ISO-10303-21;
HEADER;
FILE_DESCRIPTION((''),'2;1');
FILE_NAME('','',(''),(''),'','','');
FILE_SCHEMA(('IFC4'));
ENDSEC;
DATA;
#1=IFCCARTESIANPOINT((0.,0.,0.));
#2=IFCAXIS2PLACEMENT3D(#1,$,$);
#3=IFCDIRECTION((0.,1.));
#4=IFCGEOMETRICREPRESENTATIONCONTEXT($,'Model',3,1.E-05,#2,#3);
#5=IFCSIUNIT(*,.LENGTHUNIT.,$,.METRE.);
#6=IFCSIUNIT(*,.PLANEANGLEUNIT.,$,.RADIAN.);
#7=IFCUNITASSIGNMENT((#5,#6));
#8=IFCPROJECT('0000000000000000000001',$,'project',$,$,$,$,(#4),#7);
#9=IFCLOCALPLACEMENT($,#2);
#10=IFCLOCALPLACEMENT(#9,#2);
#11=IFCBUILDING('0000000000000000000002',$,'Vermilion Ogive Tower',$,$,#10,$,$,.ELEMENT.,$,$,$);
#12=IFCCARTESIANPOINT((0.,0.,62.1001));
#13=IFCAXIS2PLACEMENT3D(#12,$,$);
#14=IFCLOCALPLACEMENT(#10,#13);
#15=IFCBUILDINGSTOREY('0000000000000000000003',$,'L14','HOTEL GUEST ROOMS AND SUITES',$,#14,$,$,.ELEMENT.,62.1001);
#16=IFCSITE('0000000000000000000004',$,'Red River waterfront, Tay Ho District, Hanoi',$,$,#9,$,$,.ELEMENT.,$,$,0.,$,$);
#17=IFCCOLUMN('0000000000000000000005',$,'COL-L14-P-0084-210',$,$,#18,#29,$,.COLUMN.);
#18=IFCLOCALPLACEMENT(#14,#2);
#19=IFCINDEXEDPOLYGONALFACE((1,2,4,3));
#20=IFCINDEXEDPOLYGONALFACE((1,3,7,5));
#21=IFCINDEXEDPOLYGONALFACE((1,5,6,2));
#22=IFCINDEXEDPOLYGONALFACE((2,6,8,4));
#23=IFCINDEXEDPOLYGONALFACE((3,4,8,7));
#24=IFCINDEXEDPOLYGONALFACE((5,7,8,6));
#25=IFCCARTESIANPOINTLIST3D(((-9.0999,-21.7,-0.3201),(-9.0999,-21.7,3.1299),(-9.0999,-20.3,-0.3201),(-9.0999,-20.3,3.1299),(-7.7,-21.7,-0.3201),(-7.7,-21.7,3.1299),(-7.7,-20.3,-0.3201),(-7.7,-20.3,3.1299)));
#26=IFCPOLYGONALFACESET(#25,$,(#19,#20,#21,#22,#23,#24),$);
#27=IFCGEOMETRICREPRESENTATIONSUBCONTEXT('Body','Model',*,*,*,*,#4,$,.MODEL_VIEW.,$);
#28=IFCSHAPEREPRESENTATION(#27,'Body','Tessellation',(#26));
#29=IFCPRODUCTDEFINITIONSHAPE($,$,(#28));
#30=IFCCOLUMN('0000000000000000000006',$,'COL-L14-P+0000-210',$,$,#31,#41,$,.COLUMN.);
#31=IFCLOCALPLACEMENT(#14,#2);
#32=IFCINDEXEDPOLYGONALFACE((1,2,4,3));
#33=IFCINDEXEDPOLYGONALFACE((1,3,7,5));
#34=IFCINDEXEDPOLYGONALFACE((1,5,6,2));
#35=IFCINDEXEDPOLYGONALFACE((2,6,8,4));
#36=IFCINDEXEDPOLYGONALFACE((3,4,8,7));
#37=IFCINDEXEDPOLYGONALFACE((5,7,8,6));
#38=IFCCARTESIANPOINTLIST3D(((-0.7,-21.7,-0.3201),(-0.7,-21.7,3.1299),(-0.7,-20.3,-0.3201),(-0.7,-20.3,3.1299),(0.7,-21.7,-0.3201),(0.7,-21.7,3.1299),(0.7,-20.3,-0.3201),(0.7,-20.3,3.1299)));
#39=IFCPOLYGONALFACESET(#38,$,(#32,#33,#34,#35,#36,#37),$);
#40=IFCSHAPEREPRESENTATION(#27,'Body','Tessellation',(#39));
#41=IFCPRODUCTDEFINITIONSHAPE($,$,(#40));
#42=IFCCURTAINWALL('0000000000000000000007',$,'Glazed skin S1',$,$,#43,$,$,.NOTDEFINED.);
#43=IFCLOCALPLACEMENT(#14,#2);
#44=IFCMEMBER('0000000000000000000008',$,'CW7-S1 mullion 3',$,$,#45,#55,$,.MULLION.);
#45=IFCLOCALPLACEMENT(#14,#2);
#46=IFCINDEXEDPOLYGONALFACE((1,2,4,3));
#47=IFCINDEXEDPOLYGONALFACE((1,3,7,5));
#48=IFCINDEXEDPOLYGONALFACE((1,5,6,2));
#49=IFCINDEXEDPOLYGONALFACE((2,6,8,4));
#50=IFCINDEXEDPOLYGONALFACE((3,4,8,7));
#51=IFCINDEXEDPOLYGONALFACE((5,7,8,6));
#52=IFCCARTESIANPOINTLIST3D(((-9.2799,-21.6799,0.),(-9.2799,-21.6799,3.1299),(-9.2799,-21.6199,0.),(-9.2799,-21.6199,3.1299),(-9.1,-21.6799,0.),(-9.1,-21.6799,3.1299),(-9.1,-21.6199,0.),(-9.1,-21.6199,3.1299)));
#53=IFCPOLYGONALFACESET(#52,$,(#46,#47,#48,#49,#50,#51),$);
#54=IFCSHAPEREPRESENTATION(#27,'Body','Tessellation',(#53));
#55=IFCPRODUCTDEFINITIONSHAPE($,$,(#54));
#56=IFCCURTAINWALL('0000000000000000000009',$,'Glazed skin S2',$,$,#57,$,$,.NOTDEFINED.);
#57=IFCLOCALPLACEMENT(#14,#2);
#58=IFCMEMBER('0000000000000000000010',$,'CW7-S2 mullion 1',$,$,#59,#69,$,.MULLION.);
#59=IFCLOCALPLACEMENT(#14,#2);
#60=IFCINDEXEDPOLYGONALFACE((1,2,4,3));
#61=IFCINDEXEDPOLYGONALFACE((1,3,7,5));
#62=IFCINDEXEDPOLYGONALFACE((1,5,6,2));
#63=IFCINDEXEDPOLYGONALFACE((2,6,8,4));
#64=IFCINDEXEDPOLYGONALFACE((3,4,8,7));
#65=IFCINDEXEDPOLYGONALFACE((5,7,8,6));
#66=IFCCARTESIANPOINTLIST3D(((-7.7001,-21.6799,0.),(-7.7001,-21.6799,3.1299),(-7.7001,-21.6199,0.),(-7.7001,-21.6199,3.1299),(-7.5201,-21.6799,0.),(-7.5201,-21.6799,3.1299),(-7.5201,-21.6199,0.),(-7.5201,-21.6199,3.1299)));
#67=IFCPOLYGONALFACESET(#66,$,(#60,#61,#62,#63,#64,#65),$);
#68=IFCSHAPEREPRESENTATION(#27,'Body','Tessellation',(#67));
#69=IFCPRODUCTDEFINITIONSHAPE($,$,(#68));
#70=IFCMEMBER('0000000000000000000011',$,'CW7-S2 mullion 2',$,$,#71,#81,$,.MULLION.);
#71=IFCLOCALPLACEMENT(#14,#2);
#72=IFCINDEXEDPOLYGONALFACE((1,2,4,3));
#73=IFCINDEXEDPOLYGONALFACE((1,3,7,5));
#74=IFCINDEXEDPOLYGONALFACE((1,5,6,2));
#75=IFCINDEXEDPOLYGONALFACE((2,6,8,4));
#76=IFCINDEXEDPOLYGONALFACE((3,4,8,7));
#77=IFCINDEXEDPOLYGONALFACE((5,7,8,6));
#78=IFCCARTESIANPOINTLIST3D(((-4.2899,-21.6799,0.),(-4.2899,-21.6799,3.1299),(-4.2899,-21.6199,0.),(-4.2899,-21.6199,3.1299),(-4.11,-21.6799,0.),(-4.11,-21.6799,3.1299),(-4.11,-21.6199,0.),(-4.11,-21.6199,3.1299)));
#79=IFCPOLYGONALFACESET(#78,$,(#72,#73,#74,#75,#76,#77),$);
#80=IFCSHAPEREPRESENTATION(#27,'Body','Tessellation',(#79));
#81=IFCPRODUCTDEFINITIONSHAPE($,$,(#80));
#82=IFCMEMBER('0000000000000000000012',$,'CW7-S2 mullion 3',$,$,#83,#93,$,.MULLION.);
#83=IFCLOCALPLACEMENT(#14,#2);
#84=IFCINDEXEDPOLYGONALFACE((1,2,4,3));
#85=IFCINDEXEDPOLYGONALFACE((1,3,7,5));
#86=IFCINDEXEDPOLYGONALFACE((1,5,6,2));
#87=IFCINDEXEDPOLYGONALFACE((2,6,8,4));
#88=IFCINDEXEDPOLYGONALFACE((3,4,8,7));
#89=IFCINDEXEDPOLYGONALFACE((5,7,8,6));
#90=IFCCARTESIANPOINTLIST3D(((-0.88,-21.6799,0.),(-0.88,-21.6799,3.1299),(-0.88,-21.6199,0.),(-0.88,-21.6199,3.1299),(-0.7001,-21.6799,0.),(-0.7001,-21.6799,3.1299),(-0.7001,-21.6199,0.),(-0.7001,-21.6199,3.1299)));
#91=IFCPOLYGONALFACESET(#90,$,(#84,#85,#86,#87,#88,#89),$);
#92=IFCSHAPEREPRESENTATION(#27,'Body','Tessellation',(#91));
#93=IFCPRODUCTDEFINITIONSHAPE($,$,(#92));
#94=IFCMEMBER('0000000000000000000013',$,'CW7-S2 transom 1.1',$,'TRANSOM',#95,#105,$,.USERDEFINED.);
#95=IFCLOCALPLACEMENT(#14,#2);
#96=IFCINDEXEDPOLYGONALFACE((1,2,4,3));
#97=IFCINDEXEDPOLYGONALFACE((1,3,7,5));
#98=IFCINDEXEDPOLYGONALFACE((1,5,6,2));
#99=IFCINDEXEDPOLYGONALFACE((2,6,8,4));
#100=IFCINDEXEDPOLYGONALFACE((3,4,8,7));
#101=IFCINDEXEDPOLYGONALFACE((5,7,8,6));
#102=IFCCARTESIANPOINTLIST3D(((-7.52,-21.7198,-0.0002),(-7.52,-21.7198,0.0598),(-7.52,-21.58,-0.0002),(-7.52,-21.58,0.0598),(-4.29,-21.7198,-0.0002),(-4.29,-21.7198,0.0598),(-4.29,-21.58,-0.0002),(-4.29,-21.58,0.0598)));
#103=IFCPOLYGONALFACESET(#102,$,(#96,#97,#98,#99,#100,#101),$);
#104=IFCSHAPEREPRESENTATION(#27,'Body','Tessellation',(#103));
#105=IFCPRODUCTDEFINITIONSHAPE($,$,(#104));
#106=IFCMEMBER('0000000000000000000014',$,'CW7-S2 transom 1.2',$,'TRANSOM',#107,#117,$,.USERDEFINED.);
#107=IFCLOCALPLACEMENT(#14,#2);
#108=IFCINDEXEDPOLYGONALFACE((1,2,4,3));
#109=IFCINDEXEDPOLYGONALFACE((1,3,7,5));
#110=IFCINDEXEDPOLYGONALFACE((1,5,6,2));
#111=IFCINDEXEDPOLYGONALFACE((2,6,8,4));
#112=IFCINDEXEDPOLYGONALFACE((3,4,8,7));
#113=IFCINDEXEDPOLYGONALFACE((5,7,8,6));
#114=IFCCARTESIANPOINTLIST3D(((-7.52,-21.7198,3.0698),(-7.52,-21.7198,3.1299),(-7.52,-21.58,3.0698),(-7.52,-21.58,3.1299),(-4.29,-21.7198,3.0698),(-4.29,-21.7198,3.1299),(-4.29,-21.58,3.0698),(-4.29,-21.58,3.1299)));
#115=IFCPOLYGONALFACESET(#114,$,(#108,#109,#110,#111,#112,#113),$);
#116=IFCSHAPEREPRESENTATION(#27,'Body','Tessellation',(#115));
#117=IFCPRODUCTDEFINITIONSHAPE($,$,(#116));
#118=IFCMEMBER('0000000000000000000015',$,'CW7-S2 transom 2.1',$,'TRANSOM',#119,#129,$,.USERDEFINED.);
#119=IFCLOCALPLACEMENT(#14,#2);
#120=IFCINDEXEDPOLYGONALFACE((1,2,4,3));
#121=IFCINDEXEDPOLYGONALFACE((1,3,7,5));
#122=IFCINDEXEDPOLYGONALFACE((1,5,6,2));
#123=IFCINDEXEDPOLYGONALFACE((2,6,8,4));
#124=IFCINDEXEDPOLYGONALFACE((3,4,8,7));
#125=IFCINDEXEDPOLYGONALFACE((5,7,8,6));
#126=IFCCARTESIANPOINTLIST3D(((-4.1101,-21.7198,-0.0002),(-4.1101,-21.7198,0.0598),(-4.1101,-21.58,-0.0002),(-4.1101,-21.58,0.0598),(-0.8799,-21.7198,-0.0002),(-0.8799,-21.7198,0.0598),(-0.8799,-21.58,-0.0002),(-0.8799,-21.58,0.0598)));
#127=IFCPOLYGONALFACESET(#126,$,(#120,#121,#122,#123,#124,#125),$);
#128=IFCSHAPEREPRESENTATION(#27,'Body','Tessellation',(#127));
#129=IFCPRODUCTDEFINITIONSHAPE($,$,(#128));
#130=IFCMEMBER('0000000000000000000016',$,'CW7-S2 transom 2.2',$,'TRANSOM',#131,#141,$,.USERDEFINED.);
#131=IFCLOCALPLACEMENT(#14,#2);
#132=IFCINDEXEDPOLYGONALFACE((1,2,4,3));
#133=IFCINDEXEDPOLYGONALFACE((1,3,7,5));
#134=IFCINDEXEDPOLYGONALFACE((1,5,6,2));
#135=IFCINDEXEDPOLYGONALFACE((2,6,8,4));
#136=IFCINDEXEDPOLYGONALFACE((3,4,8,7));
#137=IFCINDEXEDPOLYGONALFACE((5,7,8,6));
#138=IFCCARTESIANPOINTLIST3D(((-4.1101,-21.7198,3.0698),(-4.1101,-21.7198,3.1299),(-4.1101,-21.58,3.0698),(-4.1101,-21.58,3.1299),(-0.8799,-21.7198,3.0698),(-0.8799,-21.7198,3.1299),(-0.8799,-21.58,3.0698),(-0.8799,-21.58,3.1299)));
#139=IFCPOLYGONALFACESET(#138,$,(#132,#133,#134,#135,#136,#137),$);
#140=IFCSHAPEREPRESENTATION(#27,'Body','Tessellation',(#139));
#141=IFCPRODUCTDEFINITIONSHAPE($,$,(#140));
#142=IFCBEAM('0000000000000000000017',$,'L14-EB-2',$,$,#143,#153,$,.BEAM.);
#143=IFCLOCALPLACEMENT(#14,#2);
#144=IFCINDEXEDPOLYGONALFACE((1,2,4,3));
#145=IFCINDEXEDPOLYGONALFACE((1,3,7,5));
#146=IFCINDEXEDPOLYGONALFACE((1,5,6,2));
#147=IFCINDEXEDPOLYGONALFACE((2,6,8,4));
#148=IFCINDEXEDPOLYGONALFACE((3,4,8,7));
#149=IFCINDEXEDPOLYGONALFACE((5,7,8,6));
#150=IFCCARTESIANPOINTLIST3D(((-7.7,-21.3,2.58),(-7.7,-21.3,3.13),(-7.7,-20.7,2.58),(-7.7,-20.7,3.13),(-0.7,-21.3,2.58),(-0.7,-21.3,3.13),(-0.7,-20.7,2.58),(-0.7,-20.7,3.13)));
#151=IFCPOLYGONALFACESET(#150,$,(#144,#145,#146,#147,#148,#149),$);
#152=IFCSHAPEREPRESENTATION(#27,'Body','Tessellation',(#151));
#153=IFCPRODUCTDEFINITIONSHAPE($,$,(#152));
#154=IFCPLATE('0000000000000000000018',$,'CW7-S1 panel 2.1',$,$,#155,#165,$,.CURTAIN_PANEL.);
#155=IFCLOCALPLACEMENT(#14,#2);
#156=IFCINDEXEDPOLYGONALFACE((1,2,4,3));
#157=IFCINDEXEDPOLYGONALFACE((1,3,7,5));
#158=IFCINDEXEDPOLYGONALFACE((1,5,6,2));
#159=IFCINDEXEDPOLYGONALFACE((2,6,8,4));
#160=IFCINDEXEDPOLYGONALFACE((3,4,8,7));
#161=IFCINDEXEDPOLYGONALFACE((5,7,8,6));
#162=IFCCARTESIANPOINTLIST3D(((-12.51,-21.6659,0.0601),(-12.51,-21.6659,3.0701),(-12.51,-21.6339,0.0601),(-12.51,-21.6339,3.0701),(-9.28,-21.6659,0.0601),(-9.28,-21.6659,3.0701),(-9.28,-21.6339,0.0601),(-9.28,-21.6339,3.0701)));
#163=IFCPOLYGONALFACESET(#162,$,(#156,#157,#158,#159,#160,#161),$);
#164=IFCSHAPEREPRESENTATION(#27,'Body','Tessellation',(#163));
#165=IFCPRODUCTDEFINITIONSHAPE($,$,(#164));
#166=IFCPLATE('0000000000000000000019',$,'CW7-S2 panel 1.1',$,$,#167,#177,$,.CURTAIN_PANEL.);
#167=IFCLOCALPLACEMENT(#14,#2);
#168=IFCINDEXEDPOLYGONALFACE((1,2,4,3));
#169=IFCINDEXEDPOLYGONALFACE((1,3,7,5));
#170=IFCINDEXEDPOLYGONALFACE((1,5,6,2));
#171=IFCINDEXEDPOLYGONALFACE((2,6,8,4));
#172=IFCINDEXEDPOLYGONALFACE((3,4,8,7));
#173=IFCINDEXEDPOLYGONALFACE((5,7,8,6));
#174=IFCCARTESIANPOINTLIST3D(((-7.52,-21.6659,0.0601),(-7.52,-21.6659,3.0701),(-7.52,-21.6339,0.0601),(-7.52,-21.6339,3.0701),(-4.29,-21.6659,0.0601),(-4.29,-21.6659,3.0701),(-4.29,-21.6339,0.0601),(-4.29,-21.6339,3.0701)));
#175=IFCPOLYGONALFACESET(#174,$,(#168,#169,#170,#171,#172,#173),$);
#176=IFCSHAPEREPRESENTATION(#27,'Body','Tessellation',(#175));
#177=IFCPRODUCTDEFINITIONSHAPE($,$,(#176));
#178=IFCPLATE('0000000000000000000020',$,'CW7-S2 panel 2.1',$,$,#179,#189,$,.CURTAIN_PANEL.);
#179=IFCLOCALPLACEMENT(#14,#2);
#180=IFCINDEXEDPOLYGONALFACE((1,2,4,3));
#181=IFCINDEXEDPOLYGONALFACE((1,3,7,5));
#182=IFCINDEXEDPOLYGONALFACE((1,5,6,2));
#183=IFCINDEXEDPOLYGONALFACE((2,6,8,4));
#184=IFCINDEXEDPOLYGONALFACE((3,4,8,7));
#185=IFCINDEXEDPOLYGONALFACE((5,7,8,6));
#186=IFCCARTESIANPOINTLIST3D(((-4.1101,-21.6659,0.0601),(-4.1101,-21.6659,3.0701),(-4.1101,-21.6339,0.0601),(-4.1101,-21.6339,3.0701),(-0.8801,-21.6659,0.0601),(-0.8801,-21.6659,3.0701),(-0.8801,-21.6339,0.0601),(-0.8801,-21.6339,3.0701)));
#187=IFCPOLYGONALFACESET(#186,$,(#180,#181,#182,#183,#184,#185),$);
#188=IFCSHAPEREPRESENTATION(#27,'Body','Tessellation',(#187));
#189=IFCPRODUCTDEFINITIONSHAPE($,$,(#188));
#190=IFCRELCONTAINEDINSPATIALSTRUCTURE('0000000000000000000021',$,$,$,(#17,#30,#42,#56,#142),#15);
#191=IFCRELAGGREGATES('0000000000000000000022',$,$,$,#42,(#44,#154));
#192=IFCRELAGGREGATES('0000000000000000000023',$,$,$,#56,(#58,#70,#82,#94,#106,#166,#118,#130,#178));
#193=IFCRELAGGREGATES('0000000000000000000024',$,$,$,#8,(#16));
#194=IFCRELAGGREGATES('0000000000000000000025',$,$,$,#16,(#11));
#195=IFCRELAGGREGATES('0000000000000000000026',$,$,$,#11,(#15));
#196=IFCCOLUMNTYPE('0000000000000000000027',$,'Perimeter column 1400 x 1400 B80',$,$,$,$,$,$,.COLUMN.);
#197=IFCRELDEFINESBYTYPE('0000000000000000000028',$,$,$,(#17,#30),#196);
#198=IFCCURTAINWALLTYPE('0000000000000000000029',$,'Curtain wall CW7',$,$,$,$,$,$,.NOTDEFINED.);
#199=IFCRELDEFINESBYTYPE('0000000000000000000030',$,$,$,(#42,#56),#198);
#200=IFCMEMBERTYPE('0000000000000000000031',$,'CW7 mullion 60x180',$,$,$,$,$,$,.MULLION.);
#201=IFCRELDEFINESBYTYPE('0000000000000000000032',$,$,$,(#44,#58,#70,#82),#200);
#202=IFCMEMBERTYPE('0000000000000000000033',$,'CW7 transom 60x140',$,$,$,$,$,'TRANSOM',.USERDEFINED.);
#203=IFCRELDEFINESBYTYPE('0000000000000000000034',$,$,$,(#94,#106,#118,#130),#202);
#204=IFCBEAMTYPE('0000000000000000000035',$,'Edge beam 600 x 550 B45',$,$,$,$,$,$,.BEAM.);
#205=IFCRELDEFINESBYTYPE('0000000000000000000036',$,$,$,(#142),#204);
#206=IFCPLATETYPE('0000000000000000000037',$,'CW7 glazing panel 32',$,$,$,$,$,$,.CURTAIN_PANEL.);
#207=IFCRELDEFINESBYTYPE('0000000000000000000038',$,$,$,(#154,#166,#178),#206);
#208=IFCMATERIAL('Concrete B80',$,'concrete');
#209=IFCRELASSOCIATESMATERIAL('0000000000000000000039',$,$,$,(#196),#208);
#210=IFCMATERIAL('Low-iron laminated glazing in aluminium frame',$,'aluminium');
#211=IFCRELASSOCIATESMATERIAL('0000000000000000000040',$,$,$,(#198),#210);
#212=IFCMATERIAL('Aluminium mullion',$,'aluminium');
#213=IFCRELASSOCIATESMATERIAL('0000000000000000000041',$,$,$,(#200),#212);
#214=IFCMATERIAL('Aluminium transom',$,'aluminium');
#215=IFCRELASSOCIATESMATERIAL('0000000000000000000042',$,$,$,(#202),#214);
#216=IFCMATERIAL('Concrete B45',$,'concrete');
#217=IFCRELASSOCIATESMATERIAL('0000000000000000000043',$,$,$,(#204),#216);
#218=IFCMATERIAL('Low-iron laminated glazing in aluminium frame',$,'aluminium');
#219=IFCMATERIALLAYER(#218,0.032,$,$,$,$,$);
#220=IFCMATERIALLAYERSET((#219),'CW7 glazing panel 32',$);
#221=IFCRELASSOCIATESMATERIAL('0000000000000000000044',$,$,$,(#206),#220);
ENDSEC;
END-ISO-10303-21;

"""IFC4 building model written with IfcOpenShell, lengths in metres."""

from ifc_helpers import new_model, si_unit, direction, frame, origin, origin_2d, place, context, subcontext, project, spatial, rectangle, extrude, material, layer, layer_set, material_profile, profile_set, type_object, element, aggregate, save


model = new_model("IFC4")

# Units and contexts
model_context = context("Model", 3, precision=1e-05, world=origin(), true_north=direction((0.0, 1.0)))
body_context = subcontext(model_context, "Body", "Model", "MODEL_VIEW")
ifc_project = project(units=[si_unit("LENGTHUNIT", "METRE"), si_unit("PLANEANGLEUNIT", "RADIAN")], contexts=[model_context])

# Site, building, storey
site_placement = place(None, origin())
site = spatial("IfcSite", under=ifc_project, at=site_placement, Name="Red River waterfront, Tay Ho District, Hanoi", CompositionType="ELEMENT", RefElevation=0.0)
building_placement = place(site_placement, origin())
building = spatial("IfcBuilding", under=site, at=building_placement, Name="Vermilion Ogive Tower", CompositionType="ELEMENT")
storey_placement = place(building_placement, frame((0.0, 0.0, 62.1001)))
storey = spatial("IfcBuildingStorey", under=building, at=storey_placement, Name="L14", Description="HOTEL GUEST ROOMS AND SUITES", CompositionType="ELEMENT", Elevation=62.1001)

# Columns
ifc_material_1 = material(Name="Concrete B80", Category="concrete")
ifc_material_profile_1 = material_profile(ifc_material_1, rectangle(XDim=1.3999, YDim=1.3999, at=origin_2d()), Name="1400 x 1400")
ifc_profile_set_1 = profile_set([ifc_material_profile_1], Name="Concrete B80")
column_type = type_object("IfcColumnType", Name="Perimeter column 1400 x 1400 B80", PredefinedType="COLUMN", material=ifc_profile_set_1)
for number, where, z_axis, x_axis, name in (
    (1, (-8.3999, -21.0, -0.3201), (0.0, 0.0, 1.0), (1.0, 0.0, 0.0), "COL-L14-P-0084-210"),
    (2, (0.0, -21.0, -0.3201), (0.0, 0.0, 1.0), (1.0, 0.0, 0.0), "COL-L14-P+0000-210"),
):
    element("IfcColumn", number, at=place(storey_placement, frame(where, z_axis=z_axis, x_axis=x_axis)), inside=storey, type_object=column_type, Name=name, PredefinedType="COLUMN", context=body_context, shape_type="SweptSolid", body=[
        extrude(rectangle(XDim=1.3999, YDim=1.3999, at=origin_2d()), origin(), (0.0, 0.0, 1.0), 3.45),
    ])

# Curtain wall, member
ifc_material_2 = material(Name="Low-iron laminated glazing in aluminium frame", Category="aluminium")
curtain_wall_type = type_object("IfcCurtainWallType", Name="Curtain wall CW7", PredefinedType="NOTDEFINED", material=ifc_material_2)
curtain_wall_1_placement = place(storey_placement, origin())
curtain_wall_1 = element("IfcCurtainWall", 3, at=curtain_wall_1_placement, inside=storey, type_object=curtain_wall_type, Name="Glazed skin S1", PredefinedType="NOTDEFINED")
ifc_material_3 = material(Name="Aluminium mullion", Category="aluminium")
ifc_material_profile_2 = material_profile(ifc_material_3, rectangle(XDim=0.0601, YDim=0.1799, at=origin_2d()), Name="AL 60x180")
ifc_profile_set_2 = profile_set([ifc_material_profile_2], Name="Aluminium mullion")
member_type_1 = type_object("IfcMemberType", Name="CW7 mullion 60x180", PredefinedType="MULLION", material=ifc_profile_set_2)
member_1_placement = place(storey_placement, frame((-9.1899, -21.6499, 0.0), z_axis=(0.0, 0.0, 1.0), x_axis=(0.0, 1.0, 0.0)))
member_1 = element("IfcMember", 4, at=member_1_placement, type_object=member_type_1, Name="CW7-S1 mullion 3", PredefinedType="MULLION", context=body_context, shape_type="SweptSolid", body=[
    extrude(rectangle(XDim=0.0601, YDim=0.1799, at=origin_2d()), origin(), (0.0, 0.0, 1.0), 3.1299),
])

# Curtain wall, members
curtain_wall_2_placement = place(storey_placement, origin())
curtain_wall_2 = element("IfcCurtainWall", 5, at=curtain_wall_2_placement, inside=storey, type_object=curtain_wall_type, Name="Glazed skin S2", PredefinedType="NOTDEFINED")
member_2_placement = place(storey_placement, frame((-7.6101, -21.6499, 0.0), z_axis=(0.0, 0.0, 1.0), x_axis=(0.0, 1.0, 0.0)))
member_2 = element("IfcMember", 6, at=member_2_placement, type_object=member_type_1, Name="CW7-S2 mullion 1", PredefinedType="MULLION", context=body_context, shape_type="SweptSolid", body=[
    extrude(rectangle(XDim=0.0601, YDim=0.1799, at=origin_2d()), origin(), (0.0, 0.0, 1.0), 3.1299),
])
member_3_placement = place(storey_placement, frame((-4.2, -21.6499, 0.0), z_axis=(0.0, 0.0, 1.0), x_axis=(0.0, 1.0, 0.0)))
member_3 = element("IfcMember", 7, at=member_3_placement, type_object=member_type_1, Name="CW7-S2 mullion 2", PredefinedType="MULLION", context=body_context, shape_type="SweptSolid", body=[
    extrude(rectangle(XDim=0.0601, YDim=0.1799, at=origin_2d()), origin(), (0.0, 0.0, 1.0), 3.1299),
])
member_4_placement = place(storey_placement, frame((-0.79, -21.6499, 0.0), z_axis=(0.0, 0.0, 1.0), x_axis=(0.0, 1.0, 0.0)))
member_4 = element("IfcMember", 8, at=member_4_placement, type_object=member_type_1, Name="CW7-S2 mullion 3", PredefinedType="MULLION", context=body_context, shape_type="SweptSolid", body=[
    extrude(rectangle(XDim=0.0601, YDim=0.1799, at=origin_2d()), origin(), (0.0, 0.0, 1.0), 3.1299),
])
ifc_material_4 = material(Name="Aluminium transom", Category="aluminium")
ifc_material_profile_3 = material_profile(ifc_material_4, rectangle(XDim=0.1399, YDim=0.0601, at=origin_2d()), Name="AL 60x140")
ifc_profile_set_3 = profile_set([ifc_material_profile_3], Name="Aluminium transom")
member_type_2 = type_object("IfcMemberType", Name="CW7 transom 60x140", ElementType="TRANSOM", PredefinedType="USERDEFINED", material=ifc_profile_set_3)
member_5_placement = place(storey_placement, frame((-7.52, -21.6499, 0.0298), z_axis=(1.0, 0.0, 0.0), x_axis=(0.0, 1.0, 0.0)))
member_5 = element("IfcMember", 9, at=member_5_placement, type_object=member_type_2, Name="CW7-S2 transom 1.1", ObjectType="TRANSOM", PredefinedType="USERDEFINED", context=body_context, shape_type="SweptSolid", body=[
    extrude(rectangle(XDim=0.1399, YDim=0.0601, at=origin_2d()), origin(), (0.0, 0.0, 1.0), 3.23),
])
member_6_placement = place(storey_placement, frame((-7.52, -21.6499, 3.0999), z_axis=(1.0, 0.0, 0.0), x_axis=(0.0, 1.0, 0.0)))
member_6 = element("IfcMember", 10, at=member_6_placement, type_object=member_type_2, Name="CW7-S2 transom 1.2", ObjectType="TRANSOM", PredefinedType="USERDEFINED", context=body_context, shape_type="SweptSolid", body=[
    extrude(rectangle(XDim=0.1399, YDim=0.0601, at=origin_2d()), origin(), (0.0, 0.0, 1.0), 3.23),
])
member_7_placement = place(storey_placement, frame((-4.1101, -21.6499, 0.0298), z_axis=(1.0, 0.0, 0.0), x_axis=(0.0, 1.0, 0.0)))
member_7 = element("IfcMember", 11, at=member_7_placement, type_object=member_type_2, Name="CW7-S2 transom 2.1", ObjectType="TRANSOM", PredefinedType="USERDEFINED", context=body_context, shape_type="SweptSolid", body=[
    extrude(rectangle(XDim=0.1399, YDim=0.0601, at=origin_2d()), origin(), (0.0, 0.0, 1.0), 3.2302),
])
member_8_placement = place(storey_placement, frame((-4.1101, -21.6499, 3.0999), z_axis=(1.0, 0.0, 0.0), x_axis=(0.0, 1.0, 0.0)))
member_8 = element("IfcMember", 12, at=member_8_placement, type_object=member_type_2, Name="CW7-S2 transom 2.2", ObjectType="TRANSOM", PredefinedType="USERDEFINED", context=body_context, shape_type="SweptSolid", body=[
    extrude(rectangle(XDim=0.1399, YDim=0.0601, at=origin_2d()), origin(), (0.0, 0.0, 1.0), 3.2302),
])

# Beam
ifc_material_5 = material(Name="Concrete B45", Category="concrete")
ifc_material_profile_4 = material_profile(ifc_material_5, rectangle(XDim=0.6001, YDim=0.55, at=origin_2d()), Name="600 x 550")
ifc_profile_set_4 = profile_set([ifc_material_profile_4], Name="Concrete B45")
beam_type = type_object("IfcBeamType", Name="Edge beam 600 x 550 B45", PredefinedType="BEAM", material=ifc_profile_set_4)
beam_placement = place(storey_placement, frame((-7.7, -21.0, 2.855), z_axis=(1.0, 0.0, 0.0), x_axis=(0.0, 1.0, 0.0)))
element("IfcBeam", 13, at=beam_placement, inside=storey, type_object=beam_type, Name="L14-EB-2", PredefinedType="BEAM", context=body_context, shape_type="SweptSolid", body=[
    extrude(rectangle(XDim=0.6001, YDim=0.55, at=origin_2d()), origin(), (0.0, 0.0, 1.0), 7.0),
])

# Plates
ifc_material_6 = material(Name="Low-iron laminated glazing in aluminium frame", Category="aluminium")
ifc_layer_1 = layer(ifc_material_6, 0.032)
ifc_layer_set_1 = layer_set([ifc_layer_1], Name="CW7 glazing panel 32")
plate_type = type_object("IfcPlateType", Name="CW7 glazing panel 32", PredefinedType="CURTAIN_PANEL", material=ifc_layer_set_1)
plate_1_placement = place(storey_placement, frame((-10.895, -21.6499, 0.0601), z_axis=(0.0, 0.0, 1.0), x_axis=(1.0, 0.0, 0.0)))
plate_1 = element("IfcPlate", 14, at=plate_1_placement, type_object=plate_type, Name="CW7-S1 panel 2.1", PredefinedType="CURTAIN_PANEL", context=body_context, shape_type="SweptSolid", body=[
    extrude(rectangle(XDim=3.23, YDim=0.032, at=origin_2d()), origin(), (0.0, 0.0, 1.0), 3.01),
])
aggregate(curtain_wall_1, [member_1, plate_1])
plate_2_placement = place(storey_placement, frame((-5.905, -21.6499, 0.0601), z_axis=(0.0, 0.0, 1.0), x_axis=(1.0, 0.0, 0.0)))
plate_2 = element("IfcPlate", 15, at=plate_2_placement, type_object=plate_type, Name="CW7-S2 panel 1.1", PredefinedType="CURTAIN_PANEL", context=body_context, shape_type="SweptSolid", body=[
    extrude(rectangle(XDim=3.23, YDim=0.032, at=origin_2d()), origin(), (0.0, 0.0, 1.0), 3.01),
])
plate_3_placement = place(storey_placement, frame((-2.4951, -21.6499, 0.0601), z_axis=(0.0, 0.0, 1.0), x_axis=(1.0, 0.0, 0.0)))
plate_3 = element("IfcPlate", 16, at=plate_3_placement, type_object=plate_type, Name="CW7-S2 panel 2.1", PredefinedType="CURTAIN_PANEL", context=body_context, shape_type="SweptSolid", body=[
    extrude(rectangle(XDim=3.23, YDim=0.032, at=origin_2d()), origin(), (0.0, 0.0, 1.0), 3.01),
])
aggregate(curtain_wall_2, [member_2, member_3, member_4, member_5, member_6, plate_2, member_7, member_8, plate_3])

save(model, "model.ifc")
